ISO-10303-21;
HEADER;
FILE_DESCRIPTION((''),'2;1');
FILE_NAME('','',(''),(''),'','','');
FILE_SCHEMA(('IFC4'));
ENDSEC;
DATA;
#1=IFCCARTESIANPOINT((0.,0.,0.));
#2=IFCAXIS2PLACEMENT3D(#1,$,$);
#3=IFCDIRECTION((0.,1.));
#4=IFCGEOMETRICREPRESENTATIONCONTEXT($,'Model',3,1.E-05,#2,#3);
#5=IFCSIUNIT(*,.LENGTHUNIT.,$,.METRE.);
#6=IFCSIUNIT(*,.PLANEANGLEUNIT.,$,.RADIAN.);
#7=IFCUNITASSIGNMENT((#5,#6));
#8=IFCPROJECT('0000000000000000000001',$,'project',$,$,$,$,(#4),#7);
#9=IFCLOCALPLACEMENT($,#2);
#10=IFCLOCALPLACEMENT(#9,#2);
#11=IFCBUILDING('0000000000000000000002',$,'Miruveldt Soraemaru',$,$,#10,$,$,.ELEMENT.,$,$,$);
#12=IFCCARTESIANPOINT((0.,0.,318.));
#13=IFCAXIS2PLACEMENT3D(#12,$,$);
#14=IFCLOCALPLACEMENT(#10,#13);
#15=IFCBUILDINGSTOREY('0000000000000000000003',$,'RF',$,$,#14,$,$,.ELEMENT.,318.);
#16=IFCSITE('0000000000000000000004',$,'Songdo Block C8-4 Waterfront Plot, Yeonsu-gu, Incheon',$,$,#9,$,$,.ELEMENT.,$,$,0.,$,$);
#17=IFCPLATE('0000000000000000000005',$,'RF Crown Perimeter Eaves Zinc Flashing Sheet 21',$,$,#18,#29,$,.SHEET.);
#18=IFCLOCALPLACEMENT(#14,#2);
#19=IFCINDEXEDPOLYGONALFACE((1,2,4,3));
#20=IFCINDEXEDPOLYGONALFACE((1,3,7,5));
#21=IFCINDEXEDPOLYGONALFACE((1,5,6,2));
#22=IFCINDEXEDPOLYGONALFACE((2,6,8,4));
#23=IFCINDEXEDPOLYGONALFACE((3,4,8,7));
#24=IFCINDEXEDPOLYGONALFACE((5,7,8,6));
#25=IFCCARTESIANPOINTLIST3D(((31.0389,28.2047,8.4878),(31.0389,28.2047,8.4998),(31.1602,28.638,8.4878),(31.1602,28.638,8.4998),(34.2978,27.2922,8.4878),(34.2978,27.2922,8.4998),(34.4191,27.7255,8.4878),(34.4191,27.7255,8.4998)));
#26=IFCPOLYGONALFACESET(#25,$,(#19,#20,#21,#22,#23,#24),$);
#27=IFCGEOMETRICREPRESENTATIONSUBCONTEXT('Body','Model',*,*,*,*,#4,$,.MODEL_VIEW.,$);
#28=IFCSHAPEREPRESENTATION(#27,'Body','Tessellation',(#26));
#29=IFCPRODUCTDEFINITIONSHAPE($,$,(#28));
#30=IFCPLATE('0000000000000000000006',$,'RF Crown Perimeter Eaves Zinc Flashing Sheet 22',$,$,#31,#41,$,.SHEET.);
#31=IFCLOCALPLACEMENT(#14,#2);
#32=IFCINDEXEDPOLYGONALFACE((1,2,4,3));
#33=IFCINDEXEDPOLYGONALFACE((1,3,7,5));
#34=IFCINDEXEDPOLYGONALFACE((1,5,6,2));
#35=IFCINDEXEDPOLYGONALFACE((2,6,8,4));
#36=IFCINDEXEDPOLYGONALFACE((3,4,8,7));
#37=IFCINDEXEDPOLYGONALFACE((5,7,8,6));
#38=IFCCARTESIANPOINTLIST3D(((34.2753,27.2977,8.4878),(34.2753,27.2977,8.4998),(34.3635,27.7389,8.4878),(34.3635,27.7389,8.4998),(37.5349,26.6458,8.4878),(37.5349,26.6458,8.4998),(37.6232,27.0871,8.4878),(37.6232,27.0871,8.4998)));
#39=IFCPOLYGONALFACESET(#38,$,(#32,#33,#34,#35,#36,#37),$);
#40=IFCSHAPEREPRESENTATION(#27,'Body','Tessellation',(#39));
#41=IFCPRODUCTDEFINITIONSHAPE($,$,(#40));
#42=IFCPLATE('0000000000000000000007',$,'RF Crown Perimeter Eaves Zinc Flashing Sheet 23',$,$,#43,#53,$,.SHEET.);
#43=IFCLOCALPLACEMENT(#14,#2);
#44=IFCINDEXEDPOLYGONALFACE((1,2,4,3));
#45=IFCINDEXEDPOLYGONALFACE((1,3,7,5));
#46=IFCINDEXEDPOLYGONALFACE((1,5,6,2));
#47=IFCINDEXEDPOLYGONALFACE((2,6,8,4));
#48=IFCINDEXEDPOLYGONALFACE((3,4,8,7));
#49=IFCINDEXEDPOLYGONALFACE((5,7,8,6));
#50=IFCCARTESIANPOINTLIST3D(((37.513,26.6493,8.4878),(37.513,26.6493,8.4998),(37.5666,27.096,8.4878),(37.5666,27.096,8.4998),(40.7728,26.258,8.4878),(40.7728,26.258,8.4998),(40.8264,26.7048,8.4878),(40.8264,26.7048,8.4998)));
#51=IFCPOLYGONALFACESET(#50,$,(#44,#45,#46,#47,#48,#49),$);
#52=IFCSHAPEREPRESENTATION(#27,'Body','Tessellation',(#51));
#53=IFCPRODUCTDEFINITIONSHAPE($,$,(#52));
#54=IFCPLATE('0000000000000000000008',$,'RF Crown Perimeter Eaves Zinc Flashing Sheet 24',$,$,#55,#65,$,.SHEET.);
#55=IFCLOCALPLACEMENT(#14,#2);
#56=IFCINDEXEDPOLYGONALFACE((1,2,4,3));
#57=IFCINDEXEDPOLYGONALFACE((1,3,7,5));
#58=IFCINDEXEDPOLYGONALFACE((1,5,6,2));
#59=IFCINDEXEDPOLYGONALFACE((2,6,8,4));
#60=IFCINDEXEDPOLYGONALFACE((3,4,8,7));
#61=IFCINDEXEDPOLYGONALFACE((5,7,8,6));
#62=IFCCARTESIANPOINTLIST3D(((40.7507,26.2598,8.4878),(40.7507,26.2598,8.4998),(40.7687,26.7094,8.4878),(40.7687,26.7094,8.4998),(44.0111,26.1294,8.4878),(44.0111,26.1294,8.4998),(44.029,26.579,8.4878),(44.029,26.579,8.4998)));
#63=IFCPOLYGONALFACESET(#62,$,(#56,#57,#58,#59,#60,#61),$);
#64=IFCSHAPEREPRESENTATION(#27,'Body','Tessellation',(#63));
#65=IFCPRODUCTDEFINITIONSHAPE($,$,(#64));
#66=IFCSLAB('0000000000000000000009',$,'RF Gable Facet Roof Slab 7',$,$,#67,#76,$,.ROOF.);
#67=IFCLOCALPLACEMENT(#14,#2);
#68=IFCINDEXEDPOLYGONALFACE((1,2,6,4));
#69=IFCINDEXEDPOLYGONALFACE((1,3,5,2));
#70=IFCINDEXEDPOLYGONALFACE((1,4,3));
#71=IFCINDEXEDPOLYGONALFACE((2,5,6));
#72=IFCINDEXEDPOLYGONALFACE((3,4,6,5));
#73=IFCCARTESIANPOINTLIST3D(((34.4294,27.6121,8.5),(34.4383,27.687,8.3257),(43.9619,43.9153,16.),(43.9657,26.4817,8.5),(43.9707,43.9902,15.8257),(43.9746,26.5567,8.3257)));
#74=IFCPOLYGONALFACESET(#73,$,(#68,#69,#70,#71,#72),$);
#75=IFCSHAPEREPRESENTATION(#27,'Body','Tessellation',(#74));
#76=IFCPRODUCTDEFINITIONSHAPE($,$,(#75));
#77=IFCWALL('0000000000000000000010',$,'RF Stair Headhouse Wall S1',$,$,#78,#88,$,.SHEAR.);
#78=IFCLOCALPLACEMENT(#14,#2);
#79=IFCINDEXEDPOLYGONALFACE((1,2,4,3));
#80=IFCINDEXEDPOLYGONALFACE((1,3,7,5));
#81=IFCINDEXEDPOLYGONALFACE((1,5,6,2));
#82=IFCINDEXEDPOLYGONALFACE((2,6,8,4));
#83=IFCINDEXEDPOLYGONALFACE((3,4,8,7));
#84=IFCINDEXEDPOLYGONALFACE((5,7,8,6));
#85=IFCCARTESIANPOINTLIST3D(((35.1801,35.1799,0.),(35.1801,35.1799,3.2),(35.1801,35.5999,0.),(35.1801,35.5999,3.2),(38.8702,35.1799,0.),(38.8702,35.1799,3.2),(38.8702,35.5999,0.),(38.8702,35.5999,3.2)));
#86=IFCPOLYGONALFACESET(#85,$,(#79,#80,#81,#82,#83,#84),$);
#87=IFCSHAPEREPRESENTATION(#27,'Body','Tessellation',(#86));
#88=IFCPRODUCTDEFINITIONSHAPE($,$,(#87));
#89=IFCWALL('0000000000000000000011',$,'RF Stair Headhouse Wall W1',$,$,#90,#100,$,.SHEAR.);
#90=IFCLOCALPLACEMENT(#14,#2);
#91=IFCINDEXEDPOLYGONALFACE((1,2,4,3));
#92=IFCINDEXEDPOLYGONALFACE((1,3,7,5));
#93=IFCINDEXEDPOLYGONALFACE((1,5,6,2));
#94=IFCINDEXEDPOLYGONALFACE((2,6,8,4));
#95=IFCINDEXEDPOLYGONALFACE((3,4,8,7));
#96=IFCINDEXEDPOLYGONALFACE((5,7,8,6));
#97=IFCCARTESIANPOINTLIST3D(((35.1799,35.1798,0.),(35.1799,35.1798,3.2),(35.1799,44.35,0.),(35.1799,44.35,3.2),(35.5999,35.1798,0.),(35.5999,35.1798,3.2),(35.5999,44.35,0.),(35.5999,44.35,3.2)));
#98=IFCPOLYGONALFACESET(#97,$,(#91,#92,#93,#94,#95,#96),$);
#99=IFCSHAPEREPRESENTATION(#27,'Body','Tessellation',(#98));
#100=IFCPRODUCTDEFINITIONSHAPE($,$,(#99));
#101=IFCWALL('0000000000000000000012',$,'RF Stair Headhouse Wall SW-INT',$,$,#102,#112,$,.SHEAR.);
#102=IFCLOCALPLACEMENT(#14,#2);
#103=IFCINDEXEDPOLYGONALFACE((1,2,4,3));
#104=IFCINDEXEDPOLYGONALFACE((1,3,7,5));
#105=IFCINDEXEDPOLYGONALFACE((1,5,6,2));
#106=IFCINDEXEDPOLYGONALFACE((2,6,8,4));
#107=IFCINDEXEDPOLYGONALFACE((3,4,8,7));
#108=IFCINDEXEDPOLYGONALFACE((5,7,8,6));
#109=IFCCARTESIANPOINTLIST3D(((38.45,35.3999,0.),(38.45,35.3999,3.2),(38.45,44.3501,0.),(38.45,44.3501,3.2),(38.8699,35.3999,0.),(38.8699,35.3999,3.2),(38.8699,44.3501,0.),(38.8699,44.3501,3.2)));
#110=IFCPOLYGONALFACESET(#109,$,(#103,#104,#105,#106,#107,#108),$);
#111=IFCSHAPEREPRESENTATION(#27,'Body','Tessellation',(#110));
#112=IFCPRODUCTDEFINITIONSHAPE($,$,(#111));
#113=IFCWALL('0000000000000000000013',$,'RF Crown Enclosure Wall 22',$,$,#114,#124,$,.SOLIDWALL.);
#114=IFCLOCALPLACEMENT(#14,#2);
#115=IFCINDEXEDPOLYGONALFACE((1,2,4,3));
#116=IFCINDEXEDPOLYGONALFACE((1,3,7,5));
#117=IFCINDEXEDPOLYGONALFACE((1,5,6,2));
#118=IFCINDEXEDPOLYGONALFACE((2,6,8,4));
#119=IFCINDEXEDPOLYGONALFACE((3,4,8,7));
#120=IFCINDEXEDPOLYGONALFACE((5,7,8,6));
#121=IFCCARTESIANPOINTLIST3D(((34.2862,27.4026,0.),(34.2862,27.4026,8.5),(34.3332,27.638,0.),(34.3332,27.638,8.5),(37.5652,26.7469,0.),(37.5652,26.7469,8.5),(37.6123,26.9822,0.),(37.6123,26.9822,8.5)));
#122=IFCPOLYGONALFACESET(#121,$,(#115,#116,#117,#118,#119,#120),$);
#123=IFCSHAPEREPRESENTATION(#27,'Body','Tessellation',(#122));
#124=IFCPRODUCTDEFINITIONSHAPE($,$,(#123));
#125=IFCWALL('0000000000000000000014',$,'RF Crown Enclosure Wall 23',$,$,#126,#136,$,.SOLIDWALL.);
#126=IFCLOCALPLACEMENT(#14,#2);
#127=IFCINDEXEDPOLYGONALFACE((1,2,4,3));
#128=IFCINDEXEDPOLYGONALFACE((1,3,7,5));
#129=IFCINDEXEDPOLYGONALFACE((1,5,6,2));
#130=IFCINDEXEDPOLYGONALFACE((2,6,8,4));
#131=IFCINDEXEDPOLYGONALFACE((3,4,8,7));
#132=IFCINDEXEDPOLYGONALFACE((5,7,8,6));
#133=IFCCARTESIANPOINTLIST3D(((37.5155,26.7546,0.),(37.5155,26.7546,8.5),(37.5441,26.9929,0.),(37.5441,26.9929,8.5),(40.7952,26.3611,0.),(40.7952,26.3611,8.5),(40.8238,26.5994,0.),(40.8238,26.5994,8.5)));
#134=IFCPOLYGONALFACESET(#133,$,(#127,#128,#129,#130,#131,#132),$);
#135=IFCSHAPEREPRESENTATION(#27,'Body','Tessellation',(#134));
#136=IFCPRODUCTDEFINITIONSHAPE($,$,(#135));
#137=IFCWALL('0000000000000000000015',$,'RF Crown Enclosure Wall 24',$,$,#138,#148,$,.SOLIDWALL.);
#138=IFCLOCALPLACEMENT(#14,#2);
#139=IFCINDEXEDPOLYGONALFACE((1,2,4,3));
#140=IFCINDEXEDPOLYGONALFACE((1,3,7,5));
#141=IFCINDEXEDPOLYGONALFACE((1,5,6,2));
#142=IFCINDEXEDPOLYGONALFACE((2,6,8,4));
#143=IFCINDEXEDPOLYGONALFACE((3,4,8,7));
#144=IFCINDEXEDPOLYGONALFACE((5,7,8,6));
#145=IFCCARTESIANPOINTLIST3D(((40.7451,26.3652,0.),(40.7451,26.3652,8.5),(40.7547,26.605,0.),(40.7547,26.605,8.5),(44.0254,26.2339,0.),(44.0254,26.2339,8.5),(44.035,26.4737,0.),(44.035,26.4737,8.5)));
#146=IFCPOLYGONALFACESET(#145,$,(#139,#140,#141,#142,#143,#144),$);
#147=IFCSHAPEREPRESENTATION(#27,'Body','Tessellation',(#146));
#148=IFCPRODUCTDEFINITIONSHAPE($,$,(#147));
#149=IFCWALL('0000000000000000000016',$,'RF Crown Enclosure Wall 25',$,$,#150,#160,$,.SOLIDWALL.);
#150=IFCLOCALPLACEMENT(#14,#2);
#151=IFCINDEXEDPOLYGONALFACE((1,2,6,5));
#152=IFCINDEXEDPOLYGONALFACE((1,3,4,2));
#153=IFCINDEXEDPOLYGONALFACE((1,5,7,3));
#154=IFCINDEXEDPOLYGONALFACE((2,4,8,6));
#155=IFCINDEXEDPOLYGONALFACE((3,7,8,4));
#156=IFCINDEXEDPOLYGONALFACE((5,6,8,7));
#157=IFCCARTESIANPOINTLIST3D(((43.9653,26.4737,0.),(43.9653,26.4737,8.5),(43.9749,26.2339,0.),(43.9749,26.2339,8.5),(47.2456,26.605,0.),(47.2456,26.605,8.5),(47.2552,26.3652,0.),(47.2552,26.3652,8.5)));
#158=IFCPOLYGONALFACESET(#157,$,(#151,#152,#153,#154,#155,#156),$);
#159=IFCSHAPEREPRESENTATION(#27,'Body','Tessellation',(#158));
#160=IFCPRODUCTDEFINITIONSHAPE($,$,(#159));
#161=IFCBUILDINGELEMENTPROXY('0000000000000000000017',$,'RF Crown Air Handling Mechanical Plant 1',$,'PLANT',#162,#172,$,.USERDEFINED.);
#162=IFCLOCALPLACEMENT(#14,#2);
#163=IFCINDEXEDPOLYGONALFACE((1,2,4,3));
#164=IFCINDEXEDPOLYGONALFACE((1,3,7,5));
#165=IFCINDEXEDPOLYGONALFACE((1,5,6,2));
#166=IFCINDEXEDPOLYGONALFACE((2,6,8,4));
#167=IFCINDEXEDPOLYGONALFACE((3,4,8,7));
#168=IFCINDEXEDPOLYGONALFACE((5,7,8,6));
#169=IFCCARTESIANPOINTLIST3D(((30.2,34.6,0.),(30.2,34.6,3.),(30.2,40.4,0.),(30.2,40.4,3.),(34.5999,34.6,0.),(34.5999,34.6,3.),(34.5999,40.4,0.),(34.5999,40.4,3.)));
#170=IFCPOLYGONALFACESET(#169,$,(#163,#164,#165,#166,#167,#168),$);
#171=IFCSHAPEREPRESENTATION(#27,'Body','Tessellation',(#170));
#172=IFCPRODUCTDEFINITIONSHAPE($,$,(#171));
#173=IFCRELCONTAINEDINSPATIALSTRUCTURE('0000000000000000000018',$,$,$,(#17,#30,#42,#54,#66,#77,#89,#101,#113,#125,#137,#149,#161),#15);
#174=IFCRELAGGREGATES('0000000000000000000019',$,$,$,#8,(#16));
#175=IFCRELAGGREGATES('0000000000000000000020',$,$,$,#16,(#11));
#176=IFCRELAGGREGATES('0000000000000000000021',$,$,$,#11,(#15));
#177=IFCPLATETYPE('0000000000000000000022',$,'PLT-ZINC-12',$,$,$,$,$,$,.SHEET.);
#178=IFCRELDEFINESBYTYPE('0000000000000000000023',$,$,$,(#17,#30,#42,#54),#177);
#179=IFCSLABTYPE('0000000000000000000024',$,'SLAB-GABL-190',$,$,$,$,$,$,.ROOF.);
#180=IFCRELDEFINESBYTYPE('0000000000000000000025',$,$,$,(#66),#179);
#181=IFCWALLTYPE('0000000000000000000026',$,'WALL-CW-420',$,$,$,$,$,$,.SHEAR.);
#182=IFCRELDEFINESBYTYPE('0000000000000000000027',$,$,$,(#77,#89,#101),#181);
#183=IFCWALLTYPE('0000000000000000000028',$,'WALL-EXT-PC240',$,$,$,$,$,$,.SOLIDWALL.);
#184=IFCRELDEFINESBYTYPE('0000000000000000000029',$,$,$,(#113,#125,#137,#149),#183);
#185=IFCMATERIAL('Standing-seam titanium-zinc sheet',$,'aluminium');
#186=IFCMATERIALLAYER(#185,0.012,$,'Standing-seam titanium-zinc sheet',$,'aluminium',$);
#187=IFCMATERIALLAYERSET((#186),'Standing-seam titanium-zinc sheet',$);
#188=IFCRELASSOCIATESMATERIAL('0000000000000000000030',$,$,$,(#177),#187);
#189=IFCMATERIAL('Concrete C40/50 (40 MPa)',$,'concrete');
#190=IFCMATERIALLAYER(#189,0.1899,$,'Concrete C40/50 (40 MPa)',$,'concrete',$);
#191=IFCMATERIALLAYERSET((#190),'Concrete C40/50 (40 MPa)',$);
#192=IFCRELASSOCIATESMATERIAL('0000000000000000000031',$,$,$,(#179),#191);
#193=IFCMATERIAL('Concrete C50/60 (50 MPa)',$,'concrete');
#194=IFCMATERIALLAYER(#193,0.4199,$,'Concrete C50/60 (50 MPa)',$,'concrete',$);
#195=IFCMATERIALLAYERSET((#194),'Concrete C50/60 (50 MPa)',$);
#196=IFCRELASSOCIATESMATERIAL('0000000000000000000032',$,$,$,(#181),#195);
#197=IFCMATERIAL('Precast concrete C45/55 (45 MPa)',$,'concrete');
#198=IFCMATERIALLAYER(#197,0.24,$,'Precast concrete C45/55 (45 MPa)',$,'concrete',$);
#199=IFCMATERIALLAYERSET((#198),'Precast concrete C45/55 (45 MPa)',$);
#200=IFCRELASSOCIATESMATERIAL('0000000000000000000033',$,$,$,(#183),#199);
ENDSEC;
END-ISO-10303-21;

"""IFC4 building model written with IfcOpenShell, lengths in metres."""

from ifc_helpers import new_model, si_unit, direction, frame, frame_2d, origin, origin_2d, place, context, subcontext, project, spatial, polyline, rectangle, outline, extrude, material, layer, layer_set, type_object, element, save


model = new_model("IFC4")

# Units and contexts
model_context = context("Model", 3, precision=1e-05, world=origin(), true_north=direction((0.0, 1.0)))
body_context = subcontext(model_context, "Body", "Model", "MODEL_VIEW")
ifc_project = project(units=[si_unit("LENGTHUNIT", "METRE"), si_unit("PLANEANGLEUNIT", "RADIAN")], contexts=[model_context])

# Site, building, storey
site_placement = place(None, origin())
site = spatial("IfcSite", under=ifc_project, at=site_placement, Name="Songdo Block C8-4 Waterfront Plot, Yeonsu-gu, Incheon", CompositionType="ELEMENT", RefElevation=0.0)
building_placement = place(site_placement, origin())
building = spatial("IfcBuilding", under=site, at=building_placement, Name="Miruveldt Soraemaru", CompositionType="ELEMENT")
storey_placement = place(building_placement, frame((0.0, 0.0, 318.0)))
storey = spatial("IfcBuildingStorey", under=building, at=storey_placement, Name="RF", CompositionType="ELEMENT", Elevation=318.0)

# Plates
ifc_material_1 = material(Name="Standing-seam titanium-zinc sheet", Category="aluminium")
ifc_layer_1 = layer(ifc_material_1, 0.012, Name="Standing-seam titanium-zinc sheet", Category="aluminium")
ifc_layer_set_1 = layer_set([ifc_layer_1], Name="Standing-seam titanium-zinc sheet")
plate_type_1 = type_object("IfcPlateType", Name="PLT-ZINC-12", PredefinedType="SHEET", material=ifc_layer_set_1)
plate_1_placement = place(storey_placement, frame((32.729, 27.9651, 8.4878), z_axis=(0.0, 0.0, 1.0), x_axis=(0.96296, -0.269643, 0.0)))
element("IfcPlate", 1, at=plate_1_placement, inside=storey, type_object=plate_type_1, Name="RF Crown Perimeter Eaves Zinc Flashing Sheet 21", PredefinedType="SHEET", context=body_context, shape_type="SweptSolid", body=[
    extrude(rectangle(XDim=3.3843, YDim=0.45, at=origin_2d()), origin(), (0.0, 0.0, 1.0), 0.012),
])
plate_2_placement = place(storey_placement, frame((35.9492, 27.1924, 8.4878), z_axis=(0.0, 0.0, 1.0), x_axis=(0.980584, -0.1961, 0.0)))
element("IfcPlate", 2, at=plate_2_placement, inside=storey, type_object=plate_type_1, Name="RF Crown Perimeter Eaves Zinc Flashing Sheet 22", PredefinedType="SHEET", context=body_context, shape_type="SweptSolid", body=[
    extrude(rectangle(XDim=3.3242, YDim=0.45, at=origin_2d()), origin(), (0.0, 0.0, 1.0), 0.012),
])
plate_3_placement = place(storey_placement, frame((39.1697, 26.677, 8.4878), z_axis=(0.0, 0.0, 1.0), x_axis=(0.992874, -0.119166, 0.0)))
element("IfcPlate", 3, at=plate_3_placement, inside=storey, type_object=plate_type_1, Name="RF Crown Perimeter Eaves Zinc Flashing Sheet 23", PredefinedType="SHEET", context=body_context, shape_type="SweptSolid", body=[
    extrude(rectangle(XDim=3.2832, YDim=0.45, at=origin_2d()), origin(), (0.0, 0.0, 1.0), 0.012),
])
plate_4_placement = place(storey_placement, frame((42.3899, 26.4194, 8.4878), z_axis=(0.0, 0.0, 1.0), x_axis=(0.999201, -0.039957, 0.0)))
element("IfcPlate", 4, at=plate_4_placement, inside=storey, type_object=plate_type_1, Name="RF Crown Perimeter Eaves Zinc Flashing Sheet 24", PredefinedType="SHEET", context=body_context, shape_type="SweptSolid", body=[
    extrude(rectangle(XDim=3.2629, YDim=0.45, at=origin_2d()), origin(), (0.0, 0.0, 1.0), 0.012),
])

# Slab
ifc_material_2 = material(Name="Concrete C40/50 (40 MPa)", Category="concrete")
ifc_layer_2 = layer(ifc_material_2, 0.1899, Name="Concrete C40/50 (40 MPa)", Category="concrete")
ifc_layer_set_2 = layer_set([ifc_layer_2], Name="Concrete C40/50 (40 MPa)")
slab_type = type_object("IfcSlabType", Name="SLAB-GABL-190", PredefinedType="ROOF", material=ifc_layer_set_2)
slab_placement = place(storey_placement, frame((34.4294, 27.6121, 8.5), z_axis=(-0.046792, -0.394762, 0.917591), x_axis=(0.993048, -0.117709, 0.0)))
element("IfcSlab", 5, at=slab_placement, inside=storey, type_object=slab_type, Name="RF Gable Facet Roof Slab 7", PredefinedType="ROOF", context=body_context, shape_type="SweptSolid", body=[
    extrude(outline(polyline([(0.0, 0.0), (9.603, 0.0), (7.5471, 18.8667), (0.0, 0.0)])), origin(), (0.0, 0.0, -1.0), 0.1899),
])

# Walls
ifc_material_3 = material(Name="Concrete C50/60 (50 MPa)", Category="concrete")
ifc_layer_3 = layer(ifc_material_3, 0.4199, Name="Concrete C50/60 (50 MPa)", Category="concrete")
ifc_layer_set_3 = layer_set([ifc_layer_3], Name="Concrete C50/60 (50 MPa)")
wall_type_1 = type_object("IfcWallType", Name="WALL-CW-420", PredefinedType="SHEAR", material=ifc_layer_set_3)
wall_1_placement = place(storey_placement, frame((35.1799, 35.3899, 0.0), z_axis=(0.0, 0.0, 1.0), x_axis=(1.0, 0.0, 0.0)))
element("IfcWall", 6, at=wall_1_placement, inside=storey, type_object=wall_type_1, Name="RF Stair Headhouse Wall S1", PredefinedType="SHEAR", context=body_context, shape_type="SweptSolid", body=[
    extrude(rectangle(XDim=3.6902, YDim=0.4199, at=frame_2d((1.8452, 0.0))), origin(), (0.0, 0.0, 1.0), 3.2),
])
wall_2_placement = place(storey_placement, frame((35.3899, 35.1799, 0.0), z_axis=(0.0, 0.0, 1.0), x_axis=(0.0, 1.0, 0.0)))
element("IfcWall", 7, at=wall_2_placement, inside=storey, type_object=wall_type_1, Name="RF Stair Headhouse Wall W1", PredefinedType="SHEAR", context=body_context, shape_type="SweptSolid", body=[
    extrude(rectangle(XDim=9.1702, YDim=0.4199, at=frame_2d((4.585, 0.0))), origin(), (0.0, 0.0, 1.0), 3.2),
])
wall_3_placement = place(storey_placement, frame((38.6599, 35.3999, 0.0), z_axis=(0.0, 0.0, 1.0), x_axis=(0.0, 1.0, 0.0)))
element("IfcWall", 8, at=wall_3_placement, inside=storey, type_object=wall_type_1, Name="RF Stair Headhouse Wall SW-INT", PredefinedType="SHEAR", context=body_context, shape_type="SweptSolid", body=[
    extrude(rectangle(XDim=8.9502, YDim=0.4199, at=frame_2d((4.4751, 0.0))), origin(), (0.0, 0.0, 1.0), 3.2),
])
ifc_material_4 = material(Name="Precast concrete C45/55 (45 MPa)", Category="concrete")
ifc_layer_4 = layer(ifc_material_4, 0.24, Name="Precast concrete C45/55 (45 MPa)", Category="concrete")
ifc_layer_set_4 = layer_set([ifc_layer_4], Name="Precast concrete C45/55 (45 MPa)")
wall_type_2 = type_object("IfcWallType", Name="WALL-EXT-PC240", PredefinedType="SOLIDWALL", material=ifc_layer_set_4)
wall_4_placement = place(storey_placement, frame((34.3098, 27.5203, 0.0), z_axis=(0.0, 0.0, 1.0), x_axis=(0.980583, -0.196102, 0.0)))
element("IfcWall", 9, at=wall_4_placement, inside=storey, type_object=wall_type_2, Name="RF Crown Enclosure Wall 22", PredefinedType="SOLIDWALL", context=body_context, shape_type="SweptSolid", body=[
    extrude(rectangle(XDim=3.344, YDim=0.24, at=frame_2d((1.6719, 0.0))), origin(), (0.0, 0.0, 1.0), 8.5),
])
wall_5_placement = place(storey_placement, frame((37.5298, 26.8738, 0.0), z_axis=(0.0, 0.0, 1.0), x_axis=(0.992878, -0.119139, 0.0)))
element("IfcWall", 10, at=wall_5_placement, inside=storey, type_object=wall_type_2, Name="RF Crown Enclosure Wall 23", PredefinedType="SOLIDWALL", context=body_context, shape_type="SweptSolid", body=[
    extrude(rectangle(XDim=3.3032, YDim=0.24, at=frame_2d((1.6516, 0.0))), origin(), (0.0, 0.0, 1.0), 8.5),
])
for number, where, z_axis, x_axis, name in (
    (11, (40.7498, 26.4851, 0.0), (0.0, 0.0, 1.0), (0.999199, -0.04001, 0.0), "RF Crown Enclosure Wall 24"),
    (12, (43.97, 26.3538, 0.0), (0.0, 0.0, 1.0), (0.999199, 0.04001, 0.0), "RF Crown Enclosure Wall 25"),
):
    element("IfcWall", number, at=place(storey_placement, frame(where, z_axis=z_axis, x_axis=x_axis)), inside=storey, type_object=wall_type_2, Name=name, PredefinedType="SOLIDWALL", context=body_context, shape_type="SweptSolid", body=[
        extrude(rectangle(XDim=3.283, YDim=0.24, at=frame_2d((1.6416, 0.0))), origin(), (0.0, 0.0, 1.0), 8.5),
    ])

# Building element proxy
proxy_placement = place(storey_placement, frame((32.3999, 37.5, 0.0), z_axis=(0.0, 0.0, 1.0), x_axis=(1.0, 0.0, 0.0)))
element("IfcBuildingElementProxy", 13, at=proxy_placement, inside=storey, Name="RF Crown Air Handling Mechanical Plant 1", ObjectType="PLANT", PredefinedType="USERDEFINED", context=body_context, shape_type="SweptSolid", body=[
    extrude(rectangle(XDim=4.3999, YDim=5.8, at=origin_2d()), origin(), (0.0, 0.0, 1.0), 3.0),
])

save(model, "model.ifc")
